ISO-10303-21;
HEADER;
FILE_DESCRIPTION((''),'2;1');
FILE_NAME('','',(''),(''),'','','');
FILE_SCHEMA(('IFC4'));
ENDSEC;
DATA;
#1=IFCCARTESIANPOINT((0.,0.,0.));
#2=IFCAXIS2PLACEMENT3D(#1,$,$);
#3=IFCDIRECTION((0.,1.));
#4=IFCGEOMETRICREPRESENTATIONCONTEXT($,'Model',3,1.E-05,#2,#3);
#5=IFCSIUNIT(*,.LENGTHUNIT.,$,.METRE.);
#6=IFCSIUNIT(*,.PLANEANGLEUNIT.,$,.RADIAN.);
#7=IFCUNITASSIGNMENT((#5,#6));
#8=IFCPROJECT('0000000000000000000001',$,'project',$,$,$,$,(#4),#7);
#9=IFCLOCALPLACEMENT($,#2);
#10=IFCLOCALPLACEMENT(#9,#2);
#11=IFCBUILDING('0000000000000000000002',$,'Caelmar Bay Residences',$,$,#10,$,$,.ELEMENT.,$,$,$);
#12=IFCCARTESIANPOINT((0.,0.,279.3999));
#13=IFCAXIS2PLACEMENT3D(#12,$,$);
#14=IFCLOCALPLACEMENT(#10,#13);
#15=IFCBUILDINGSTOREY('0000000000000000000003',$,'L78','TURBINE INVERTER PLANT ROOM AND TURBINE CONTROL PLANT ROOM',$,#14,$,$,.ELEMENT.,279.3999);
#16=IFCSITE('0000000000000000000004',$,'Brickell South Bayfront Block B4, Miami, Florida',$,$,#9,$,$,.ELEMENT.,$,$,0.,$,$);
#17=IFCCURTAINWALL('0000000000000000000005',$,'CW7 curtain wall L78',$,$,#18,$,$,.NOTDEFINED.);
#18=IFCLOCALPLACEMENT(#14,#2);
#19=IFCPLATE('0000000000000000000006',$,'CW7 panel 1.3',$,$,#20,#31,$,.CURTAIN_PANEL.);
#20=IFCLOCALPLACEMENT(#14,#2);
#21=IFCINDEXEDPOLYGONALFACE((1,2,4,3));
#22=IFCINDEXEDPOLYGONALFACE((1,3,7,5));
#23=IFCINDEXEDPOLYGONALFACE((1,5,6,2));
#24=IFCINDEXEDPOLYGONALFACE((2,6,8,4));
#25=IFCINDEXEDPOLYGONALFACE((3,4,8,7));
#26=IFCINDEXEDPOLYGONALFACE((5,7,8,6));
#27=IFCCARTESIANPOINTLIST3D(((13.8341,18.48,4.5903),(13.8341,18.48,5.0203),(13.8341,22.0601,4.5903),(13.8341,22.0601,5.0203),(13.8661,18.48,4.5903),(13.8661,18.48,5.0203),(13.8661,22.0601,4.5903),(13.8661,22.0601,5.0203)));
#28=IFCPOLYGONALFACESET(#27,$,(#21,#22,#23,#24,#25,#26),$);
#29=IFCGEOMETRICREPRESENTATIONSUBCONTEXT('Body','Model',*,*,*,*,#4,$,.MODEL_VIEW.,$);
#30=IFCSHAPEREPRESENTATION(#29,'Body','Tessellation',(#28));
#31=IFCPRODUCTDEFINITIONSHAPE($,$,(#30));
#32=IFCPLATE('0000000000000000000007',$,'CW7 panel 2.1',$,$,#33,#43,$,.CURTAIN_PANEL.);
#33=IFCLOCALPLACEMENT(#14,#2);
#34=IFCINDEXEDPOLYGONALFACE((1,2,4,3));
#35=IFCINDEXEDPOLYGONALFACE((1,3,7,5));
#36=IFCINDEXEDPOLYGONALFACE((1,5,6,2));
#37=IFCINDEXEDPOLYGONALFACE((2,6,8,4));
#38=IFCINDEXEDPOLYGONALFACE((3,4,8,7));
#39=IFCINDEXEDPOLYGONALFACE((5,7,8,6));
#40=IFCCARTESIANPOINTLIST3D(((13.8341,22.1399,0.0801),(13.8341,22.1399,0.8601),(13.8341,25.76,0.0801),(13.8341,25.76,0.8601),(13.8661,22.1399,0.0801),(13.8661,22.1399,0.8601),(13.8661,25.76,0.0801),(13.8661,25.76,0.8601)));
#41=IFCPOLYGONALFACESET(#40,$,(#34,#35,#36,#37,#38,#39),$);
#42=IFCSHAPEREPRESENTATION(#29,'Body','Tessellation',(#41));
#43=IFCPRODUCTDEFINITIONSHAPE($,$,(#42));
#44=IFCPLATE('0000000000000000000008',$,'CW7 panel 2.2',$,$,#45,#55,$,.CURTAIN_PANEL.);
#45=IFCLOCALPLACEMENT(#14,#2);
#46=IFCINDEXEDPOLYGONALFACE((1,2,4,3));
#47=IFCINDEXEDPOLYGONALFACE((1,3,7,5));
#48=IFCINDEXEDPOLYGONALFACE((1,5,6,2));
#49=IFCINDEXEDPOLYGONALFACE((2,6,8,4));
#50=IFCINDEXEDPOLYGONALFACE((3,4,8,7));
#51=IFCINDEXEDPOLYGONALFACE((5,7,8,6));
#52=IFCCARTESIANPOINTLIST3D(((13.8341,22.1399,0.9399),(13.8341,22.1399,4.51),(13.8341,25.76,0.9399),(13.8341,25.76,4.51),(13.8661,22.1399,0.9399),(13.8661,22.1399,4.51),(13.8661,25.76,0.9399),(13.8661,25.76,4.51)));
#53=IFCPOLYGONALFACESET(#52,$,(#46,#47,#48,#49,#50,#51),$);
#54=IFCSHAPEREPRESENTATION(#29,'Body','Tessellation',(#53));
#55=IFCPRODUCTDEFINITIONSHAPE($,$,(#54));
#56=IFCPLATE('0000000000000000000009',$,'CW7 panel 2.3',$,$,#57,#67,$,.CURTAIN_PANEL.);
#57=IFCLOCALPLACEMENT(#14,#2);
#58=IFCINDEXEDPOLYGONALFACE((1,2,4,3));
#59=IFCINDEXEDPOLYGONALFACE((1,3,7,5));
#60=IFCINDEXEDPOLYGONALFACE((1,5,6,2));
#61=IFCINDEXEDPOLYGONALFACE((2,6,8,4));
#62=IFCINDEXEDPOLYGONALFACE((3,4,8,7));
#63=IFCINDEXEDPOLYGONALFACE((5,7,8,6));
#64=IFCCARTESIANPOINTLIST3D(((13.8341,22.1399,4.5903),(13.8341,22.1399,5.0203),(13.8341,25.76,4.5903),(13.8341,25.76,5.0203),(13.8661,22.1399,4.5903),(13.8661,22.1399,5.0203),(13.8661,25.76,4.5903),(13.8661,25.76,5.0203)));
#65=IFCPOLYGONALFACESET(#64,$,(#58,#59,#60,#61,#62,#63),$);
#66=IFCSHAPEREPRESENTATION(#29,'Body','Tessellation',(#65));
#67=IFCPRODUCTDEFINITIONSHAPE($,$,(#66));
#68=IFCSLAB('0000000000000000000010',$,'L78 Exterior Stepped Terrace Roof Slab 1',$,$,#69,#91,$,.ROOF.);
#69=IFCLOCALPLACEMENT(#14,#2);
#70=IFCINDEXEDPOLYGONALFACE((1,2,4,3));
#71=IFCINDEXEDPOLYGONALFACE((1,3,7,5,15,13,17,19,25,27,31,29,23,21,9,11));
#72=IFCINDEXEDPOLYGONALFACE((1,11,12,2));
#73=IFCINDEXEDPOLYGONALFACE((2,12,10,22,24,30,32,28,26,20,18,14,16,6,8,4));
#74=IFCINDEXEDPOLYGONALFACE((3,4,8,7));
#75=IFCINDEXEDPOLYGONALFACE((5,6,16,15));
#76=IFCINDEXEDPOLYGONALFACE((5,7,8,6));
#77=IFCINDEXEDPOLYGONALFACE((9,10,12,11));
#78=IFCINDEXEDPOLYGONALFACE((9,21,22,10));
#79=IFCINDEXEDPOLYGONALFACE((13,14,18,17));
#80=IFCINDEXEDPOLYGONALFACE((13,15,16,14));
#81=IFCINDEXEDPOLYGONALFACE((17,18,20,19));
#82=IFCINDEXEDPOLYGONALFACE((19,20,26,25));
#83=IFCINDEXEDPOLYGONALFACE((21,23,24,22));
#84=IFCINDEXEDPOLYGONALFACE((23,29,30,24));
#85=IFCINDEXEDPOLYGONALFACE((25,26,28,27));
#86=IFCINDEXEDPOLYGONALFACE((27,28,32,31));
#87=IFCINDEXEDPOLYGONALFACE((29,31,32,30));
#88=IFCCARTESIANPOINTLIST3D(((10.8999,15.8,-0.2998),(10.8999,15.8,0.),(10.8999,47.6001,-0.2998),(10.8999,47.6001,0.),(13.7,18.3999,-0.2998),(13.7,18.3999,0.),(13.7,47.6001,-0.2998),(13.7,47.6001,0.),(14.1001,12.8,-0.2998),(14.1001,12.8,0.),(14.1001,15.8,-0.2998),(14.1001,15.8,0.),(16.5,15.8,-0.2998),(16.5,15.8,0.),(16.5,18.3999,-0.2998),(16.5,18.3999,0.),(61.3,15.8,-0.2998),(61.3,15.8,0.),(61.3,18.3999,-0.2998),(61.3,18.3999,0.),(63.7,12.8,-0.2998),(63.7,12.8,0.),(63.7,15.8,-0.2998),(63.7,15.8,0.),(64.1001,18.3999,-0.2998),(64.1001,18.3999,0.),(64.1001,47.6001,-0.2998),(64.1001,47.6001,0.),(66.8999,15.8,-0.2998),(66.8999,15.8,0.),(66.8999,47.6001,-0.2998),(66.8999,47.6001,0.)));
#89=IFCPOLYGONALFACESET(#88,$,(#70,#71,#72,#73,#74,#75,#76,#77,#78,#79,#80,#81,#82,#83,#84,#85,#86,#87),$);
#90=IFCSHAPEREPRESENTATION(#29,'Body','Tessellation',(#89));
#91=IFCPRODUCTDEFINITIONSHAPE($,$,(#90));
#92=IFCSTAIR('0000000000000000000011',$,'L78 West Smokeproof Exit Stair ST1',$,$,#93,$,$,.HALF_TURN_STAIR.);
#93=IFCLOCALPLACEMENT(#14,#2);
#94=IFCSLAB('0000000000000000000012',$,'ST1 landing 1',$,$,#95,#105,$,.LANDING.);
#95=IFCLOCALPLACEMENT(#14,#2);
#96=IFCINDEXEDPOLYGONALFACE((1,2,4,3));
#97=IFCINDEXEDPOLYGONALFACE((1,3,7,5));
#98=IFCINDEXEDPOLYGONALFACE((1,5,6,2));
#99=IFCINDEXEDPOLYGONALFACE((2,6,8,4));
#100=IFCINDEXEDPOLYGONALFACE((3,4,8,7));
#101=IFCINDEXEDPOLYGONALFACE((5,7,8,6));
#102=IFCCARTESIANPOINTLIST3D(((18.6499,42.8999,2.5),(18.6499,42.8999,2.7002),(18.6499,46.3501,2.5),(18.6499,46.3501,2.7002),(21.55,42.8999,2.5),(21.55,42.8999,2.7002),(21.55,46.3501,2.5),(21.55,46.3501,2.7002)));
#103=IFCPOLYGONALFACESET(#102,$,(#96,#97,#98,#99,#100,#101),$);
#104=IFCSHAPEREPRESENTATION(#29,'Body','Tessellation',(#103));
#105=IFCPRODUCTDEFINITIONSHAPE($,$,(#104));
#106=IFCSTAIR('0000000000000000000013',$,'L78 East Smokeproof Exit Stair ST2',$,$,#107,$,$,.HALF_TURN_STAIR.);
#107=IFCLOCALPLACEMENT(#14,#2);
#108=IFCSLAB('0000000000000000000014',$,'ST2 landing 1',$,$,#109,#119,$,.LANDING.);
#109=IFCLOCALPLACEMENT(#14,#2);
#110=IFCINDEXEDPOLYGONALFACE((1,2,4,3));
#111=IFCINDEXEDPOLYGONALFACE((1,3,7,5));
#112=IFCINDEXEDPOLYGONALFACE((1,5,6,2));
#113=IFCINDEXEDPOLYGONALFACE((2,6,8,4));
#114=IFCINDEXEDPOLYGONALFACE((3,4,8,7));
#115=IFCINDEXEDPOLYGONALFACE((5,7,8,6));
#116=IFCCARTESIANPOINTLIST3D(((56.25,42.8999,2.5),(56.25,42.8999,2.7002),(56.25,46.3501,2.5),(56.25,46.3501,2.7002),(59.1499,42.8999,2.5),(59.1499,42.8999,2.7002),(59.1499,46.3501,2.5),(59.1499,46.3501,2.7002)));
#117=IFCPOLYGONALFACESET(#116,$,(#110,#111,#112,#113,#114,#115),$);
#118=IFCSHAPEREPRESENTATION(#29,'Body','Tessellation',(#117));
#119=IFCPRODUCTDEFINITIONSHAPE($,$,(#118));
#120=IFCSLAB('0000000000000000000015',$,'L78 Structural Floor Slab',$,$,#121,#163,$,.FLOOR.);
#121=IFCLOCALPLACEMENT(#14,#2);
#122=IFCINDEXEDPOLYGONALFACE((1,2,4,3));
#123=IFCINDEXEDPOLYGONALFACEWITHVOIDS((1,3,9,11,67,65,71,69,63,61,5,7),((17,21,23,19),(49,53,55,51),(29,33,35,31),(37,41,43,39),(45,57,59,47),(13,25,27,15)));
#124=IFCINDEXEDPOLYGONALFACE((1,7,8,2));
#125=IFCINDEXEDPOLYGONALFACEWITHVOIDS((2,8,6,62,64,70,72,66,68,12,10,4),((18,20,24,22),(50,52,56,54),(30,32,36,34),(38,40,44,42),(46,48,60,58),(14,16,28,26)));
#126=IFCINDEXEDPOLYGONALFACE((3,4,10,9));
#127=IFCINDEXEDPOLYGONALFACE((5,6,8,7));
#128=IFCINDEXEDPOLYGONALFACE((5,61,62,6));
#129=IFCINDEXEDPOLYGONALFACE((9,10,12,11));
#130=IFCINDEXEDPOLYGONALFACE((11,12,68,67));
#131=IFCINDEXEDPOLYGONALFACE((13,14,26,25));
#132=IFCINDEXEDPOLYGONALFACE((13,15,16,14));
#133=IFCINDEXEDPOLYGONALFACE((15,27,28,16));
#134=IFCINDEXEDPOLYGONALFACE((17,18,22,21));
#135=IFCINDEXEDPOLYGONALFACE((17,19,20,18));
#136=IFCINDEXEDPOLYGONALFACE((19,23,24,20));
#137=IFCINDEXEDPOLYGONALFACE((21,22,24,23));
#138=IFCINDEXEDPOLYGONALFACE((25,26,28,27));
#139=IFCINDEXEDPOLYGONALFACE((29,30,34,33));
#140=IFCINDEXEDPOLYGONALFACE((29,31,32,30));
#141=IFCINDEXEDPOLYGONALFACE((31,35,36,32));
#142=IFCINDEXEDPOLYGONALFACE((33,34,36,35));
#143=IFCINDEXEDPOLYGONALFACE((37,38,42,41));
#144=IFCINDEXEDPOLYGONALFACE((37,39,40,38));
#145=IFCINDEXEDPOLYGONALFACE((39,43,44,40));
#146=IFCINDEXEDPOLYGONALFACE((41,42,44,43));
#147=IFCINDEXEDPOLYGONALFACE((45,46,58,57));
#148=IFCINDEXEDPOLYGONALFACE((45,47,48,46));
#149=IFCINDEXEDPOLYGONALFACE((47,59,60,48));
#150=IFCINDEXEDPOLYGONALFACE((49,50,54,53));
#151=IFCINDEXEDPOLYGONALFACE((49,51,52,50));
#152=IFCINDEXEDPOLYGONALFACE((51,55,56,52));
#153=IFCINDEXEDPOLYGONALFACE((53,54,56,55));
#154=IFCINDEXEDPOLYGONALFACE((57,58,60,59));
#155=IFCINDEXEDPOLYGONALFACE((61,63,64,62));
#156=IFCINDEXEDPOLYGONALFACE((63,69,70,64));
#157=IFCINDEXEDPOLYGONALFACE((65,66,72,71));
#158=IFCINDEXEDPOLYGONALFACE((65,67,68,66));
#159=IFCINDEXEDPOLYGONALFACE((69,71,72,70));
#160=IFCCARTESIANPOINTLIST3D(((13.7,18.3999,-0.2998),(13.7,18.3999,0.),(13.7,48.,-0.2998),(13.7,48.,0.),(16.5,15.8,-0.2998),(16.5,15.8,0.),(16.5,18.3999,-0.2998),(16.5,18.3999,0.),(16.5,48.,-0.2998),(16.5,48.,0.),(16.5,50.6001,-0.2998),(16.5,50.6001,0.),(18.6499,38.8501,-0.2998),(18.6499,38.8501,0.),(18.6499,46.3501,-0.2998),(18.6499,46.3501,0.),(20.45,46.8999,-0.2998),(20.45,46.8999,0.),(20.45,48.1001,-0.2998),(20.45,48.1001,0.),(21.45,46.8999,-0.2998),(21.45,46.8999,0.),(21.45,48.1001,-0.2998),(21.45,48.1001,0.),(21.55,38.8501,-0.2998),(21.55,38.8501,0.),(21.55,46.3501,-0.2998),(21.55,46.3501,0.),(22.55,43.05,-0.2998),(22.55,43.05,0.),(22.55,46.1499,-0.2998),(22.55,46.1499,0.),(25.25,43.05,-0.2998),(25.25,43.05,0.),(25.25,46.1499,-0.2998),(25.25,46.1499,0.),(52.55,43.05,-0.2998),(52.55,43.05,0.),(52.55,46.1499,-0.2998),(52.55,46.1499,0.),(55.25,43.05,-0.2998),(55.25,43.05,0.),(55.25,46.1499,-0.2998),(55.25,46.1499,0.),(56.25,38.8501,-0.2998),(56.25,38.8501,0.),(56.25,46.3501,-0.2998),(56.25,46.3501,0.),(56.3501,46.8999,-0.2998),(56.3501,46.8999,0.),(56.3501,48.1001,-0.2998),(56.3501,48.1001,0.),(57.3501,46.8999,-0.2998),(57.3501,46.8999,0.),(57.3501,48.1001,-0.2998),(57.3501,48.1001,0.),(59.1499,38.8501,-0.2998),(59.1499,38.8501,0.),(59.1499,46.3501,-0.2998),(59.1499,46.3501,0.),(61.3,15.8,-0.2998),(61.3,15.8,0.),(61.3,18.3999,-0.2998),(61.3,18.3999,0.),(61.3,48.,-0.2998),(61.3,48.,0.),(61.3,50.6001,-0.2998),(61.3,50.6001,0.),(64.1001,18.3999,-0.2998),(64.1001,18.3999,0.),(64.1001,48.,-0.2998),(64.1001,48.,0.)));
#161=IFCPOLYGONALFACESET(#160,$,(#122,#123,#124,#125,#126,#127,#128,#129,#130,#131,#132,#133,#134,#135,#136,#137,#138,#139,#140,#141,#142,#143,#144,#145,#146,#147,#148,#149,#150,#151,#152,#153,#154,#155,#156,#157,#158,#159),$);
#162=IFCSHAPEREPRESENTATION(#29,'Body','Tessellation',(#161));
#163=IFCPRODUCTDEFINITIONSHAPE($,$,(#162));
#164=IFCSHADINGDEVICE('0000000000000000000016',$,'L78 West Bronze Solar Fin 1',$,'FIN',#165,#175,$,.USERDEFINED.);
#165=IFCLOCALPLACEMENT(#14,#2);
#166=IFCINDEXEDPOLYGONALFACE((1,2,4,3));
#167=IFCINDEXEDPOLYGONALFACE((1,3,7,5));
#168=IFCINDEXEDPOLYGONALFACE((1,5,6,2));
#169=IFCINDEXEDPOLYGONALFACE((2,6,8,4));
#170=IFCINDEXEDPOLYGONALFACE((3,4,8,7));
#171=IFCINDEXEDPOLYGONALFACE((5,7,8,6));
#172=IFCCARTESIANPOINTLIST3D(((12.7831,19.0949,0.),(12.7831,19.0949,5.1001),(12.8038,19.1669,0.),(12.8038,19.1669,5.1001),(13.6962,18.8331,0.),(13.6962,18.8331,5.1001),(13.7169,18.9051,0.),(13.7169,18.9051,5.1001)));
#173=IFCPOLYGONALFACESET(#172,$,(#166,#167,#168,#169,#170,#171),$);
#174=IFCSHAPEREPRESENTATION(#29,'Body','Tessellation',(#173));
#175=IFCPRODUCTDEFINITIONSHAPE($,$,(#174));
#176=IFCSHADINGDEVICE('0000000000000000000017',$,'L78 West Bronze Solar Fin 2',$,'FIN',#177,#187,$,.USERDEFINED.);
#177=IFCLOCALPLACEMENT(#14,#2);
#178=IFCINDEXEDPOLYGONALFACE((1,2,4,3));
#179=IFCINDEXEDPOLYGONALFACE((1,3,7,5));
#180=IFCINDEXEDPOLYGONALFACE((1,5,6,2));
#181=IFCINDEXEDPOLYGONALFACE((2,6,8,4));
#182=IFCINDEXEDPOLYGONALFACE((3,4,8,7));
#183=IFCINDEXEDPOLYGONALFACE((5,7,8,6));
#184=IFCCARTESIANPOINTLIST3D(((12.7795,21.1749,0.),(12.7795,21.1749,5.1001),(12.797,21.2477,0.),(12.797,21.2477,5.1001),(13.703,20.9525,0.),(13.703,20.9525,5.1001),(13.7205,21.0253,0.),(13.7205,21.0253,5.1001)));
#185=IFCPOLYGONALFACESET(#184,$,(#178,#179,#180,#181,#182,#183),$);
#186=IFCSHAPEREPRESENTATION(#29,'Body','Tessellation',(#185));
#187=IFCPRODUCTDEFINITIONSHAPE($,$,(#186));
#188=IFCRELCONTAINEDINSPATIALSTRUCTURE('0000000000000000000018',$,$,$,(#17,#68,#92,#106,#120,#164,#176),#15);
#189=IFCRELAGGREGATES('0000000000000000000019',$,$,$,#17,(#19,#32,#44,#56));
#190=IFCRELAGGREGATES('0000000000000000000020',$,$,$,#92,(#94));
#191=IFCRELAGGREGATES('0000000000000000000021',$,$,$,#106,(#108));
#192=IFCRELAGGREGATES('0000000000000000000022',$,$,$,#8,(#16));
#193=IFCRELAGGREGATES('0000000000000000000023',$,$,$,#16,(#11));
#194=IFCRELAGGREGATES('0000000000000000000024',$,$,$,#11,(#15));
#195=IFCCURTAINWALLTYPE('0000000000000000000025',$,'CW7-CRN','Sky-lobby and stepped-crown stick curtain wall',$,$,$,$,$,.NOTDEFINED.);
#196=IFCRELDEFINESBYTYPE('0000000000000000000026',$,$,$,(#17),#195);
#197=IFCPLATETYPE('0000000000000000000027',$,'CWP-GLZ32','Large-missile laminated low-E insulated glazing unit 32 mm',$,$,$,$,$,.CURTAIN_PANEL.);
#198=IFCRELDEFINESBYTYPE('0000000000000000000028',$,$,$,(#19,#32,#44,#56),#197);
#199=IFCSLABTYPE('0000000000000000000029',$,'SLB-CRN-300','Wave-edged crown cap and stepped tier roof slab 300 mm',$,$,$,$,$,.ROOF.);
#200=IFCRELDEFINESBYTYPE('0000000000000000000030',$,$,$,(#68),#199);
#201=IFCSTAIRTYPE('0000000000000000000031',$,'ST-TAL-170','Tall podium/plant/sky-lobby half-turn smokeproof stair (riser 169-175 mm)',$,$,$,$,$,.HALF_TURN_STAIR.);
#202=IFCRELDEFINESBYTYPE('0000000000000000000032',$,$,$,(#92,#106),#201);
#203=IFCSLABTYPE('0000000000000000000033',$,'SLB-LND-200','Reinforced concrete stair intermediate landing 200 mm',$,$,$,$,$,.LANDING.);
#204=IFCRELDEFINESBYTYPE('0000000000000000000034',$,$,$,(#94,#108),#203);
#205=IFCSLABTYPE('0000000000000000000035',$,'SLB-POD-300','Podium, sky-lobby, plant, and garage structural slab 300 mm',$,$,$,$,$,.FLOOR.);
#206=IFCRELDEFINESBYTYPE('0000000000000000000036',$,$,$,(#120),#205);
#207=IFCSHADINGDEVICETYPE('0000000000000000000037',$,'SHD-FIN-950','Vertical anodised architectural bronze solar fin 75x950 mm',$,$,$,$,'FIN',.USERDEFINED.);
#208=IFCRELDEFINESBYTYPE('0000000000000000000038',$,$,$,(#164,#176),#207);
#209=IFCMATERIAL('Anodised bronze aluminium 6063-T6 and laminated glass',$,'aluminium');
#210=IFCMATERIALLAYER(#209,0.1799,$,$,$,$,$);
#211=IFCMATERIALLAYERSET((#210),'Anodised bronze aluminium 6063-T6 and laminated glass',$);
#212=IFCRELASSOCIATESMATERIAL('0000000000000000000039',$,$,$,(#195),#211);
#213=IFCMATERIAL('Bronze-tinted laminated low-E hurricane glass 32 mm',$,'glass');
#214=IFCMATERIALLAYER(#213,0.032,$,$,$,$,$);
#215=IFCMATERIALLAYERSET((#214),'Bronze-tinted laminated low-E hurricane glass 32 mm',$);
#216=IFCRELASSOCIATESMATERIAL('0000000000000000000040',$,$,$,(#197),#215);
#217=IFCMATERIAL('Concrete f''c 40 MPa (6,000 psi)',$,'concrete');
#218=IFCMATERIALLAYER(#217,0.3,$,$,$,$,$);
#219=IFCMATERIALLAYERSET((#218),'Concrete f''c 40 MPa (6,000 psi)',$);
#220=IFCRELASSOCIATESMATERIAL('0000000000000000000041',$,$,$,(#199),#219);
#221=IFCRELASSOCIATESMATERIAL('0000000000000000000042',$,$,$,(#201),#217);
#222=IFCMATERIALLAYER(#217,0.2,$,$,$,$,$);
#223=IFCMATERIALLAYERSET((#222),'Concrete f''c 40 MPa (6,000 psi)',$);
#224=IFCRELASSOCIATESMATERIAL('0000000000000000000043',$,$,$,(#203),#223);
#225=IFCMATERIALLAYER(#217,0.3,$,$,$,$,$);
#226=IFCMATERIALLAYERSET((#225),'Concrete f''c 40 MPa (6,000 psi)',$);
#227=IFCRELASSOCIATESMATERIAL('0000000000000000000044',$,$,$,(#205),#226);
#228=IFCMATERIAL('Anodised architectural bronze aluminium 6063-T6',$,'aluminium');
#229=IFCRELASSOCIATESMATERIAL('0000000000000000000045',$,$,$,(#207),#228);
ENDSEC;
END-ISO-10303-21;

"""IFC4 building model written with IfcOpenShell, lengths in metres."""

from ifc_helpers import new_model, si_unit, direction, frame, origin, origin_2d, place, context, subcontext, project, spatial, polyline, rectangle, outline, extrude, material, layer, layer_set, material_profile, profile_set, type_object, element, aggregate, save


model = new_model("IFC4")

# Units and contexts
model_context = context("Model", 3, precision=1e-05, world=origin(), true_north=direction((0.0, 1.0)))
body_context = subcontext(model_context, "Body", "Model", "MODEL_VIEW")
ifc_project = project(units=[si_unit("LENGTHUNIT", "METRE"), si_unit("PLANEANGLEUNIT", "RADIAN")], contexts=[model_context])

# Site, building, storey
site_placement = place(None, origin())
site = spatial("IfcSite", under=ifc_project, at=site_placement, Name="Brickell South Bayfront Block B4, Miami, Florida", CompositionType="ELEMENT", RefElevation=0.0)
building_placement = place(site_placement, origin())
building = spatial("IfcBuilding", under=site, at=building_placement, Name="Caelmar Bay Residences", CompositionType="ELEMENT")
storey_placement = place(building_placement, frame((0.0, 0.0, 279.3999)))
storey = spatial("IfcBuildingStorey", under=building, at=storey_placement, Name="L78", Description="TURBINE INVERTER PLANT ROOM AND TURBINE CONTROL PLANT ROOM", CompositionType="ELEMENT", Elevation=279.3999)

# Curtain wall, plates
ifc_material_1 = material(Name="Anodised bronze aluminium 6063-T6 and laminated glass", Category="aluminium")
ifc_layer_1 = layer(ifc_material_1, 0.1799)
ifc_layer_set_1 = layer_set([ifc_layer_1], Name="Anodised bronze aluminium 6063-T6 and laminated glass")
curtain_wall_type = type_object("IfcCurtainWallType", Name="CW7-CRN", Description="Sky-lobby and stepped-crown stick curtain wall", PredefinedType="NOTDEFINED", material=ifc_layer_set_1)
curtain_wall_placement = place(storey_placement, origin())
curtain_wall = element("IfcCurtainWall", 1, at=curtain_wall_placement, inside=storey, type_object=curtain_wall_type, Name="CW7 curtain wall L78", PredefinedType="NOTDEFINED")
ifc_material_2 = material(Name="Bronze-tinted laminated low-E hurricane glass 32 mm", Category="glass")
ifc_layer_2 = layer(ifc_material_2, 0.032)
ifc_layer_set_2 = layer_set([ifc_layer_2], Name="Bronze-tinted laminated low-E hurricane glass 32 mm")
plate_type = type_object("IfcPlateType", Name="CWP-GLZ32", Description="Large-missile laminated low-E insulated glazing unit 32 mm", PredefinedType="CURTAIN_PANEL", material=ifc_layer_set_2)
plate_1_placement = place(storey_placement, frame((13.8501, 20.27, 4.5903), z_axis=(0.0, 0.0, 1.0), x_axis=(0.0, 1.0, 0.0)))
plate_1 = element("IfcPlate", 2, at=plate_1_placement, type_object=plate_type, Name="CW7 panel 1.3", PredefinedType="CURTAIN_PANEL", context=body_context, shape_type="SweptSolid", body=[
    extrude(rectangle(XDim=3.5801, YDim=0.032, at=origin_2d()), origin(), (0.0, 0.0, 1.0), 0.4299),
])
plate_2_placement = place(storey_placement, frame((13.8501, 23.95, 0.0801), z_axis=(0.0, 0.0, 1.0), x_axis=(0.0, 1.0, 0.0)))
plate_2 = element("IfcPlate", 3, at=plate_2_placement, type_object=plate_type, Name="CW7 panel 2.1", PredefinedType="CURTAIN_PANEL", context=body_context, shape_type="SweptSolid", body=[
    extrude(rectangle(XDim=3.6201, YDim=0.032, at=origin_2d()), origin(), (0.0, 0.0, 1.0), 0.78),
])
plate_3_placement = place(storey_placement, frame((13.8501, 23.95, 0.9399), z_axis=(0.0, 0.0, 1.0), x_axis=(0.0, 1.0, 0.0)))
plate_3 = element("IfcPlate", 4, at=plate_3_placement, type_object=plate_type, Name="CW7 panel 2.2", PredefinedType="CURTAIN_PANEL", context=body_context, shape_type="SweptSolid", body=[
    extrude(rectangle(XDim=3.6201, YDim=0.032, at=origin_2d()), origin(), (0.0, 0.0, 1.0), 3.5701),
])
plate_4_placement = place(storey_placement, frame((13.8501, 23.95, 4.5903), z_axis=(0.0, 0.0, 1.0), x_axis=(0.0, 1.0, 0.0)))
plate_4 = element("IfcPlate", 5, at=plate_4_placement, type_object=plate_type, Name="CW7 panel 2.3", PredefinedType="CURTAIN_PANEL", context=body_context, shape_type="SweptSolid", body=[
    extrude(rectangle(XDim=3.6201, YDim=0.032, at=origin_2d()), origin(), (0.0, 0.0, 1.0), 0.4299),
])
aggregate(curtain_wall, [plate_1, plate_2, plate_3, plate_4])

# Slab
ifc_material_3 = material(Name="Concrete f'c 40 MPa (6,000 psi)", Category="concrete")
ifc_layer_3 = layer(ifc_material_3, 0.3)
ifc_layer_set_3 = layer_set([ifc_layer_3], Name="Concrete f'c 40 MPa (6,000 psi)")
slab_type_1 = type_object("IfcSlabType", Name="SLB-CRN-300", Description="Wave-edged crown cap and stepped tier roof slab 300 mm", PredefinedType="ROOF", material=ifc_layer_set_3)
slab_1_placement = place(storey_placement, frame((0.0, 0.0, -0.2998)))
element("IfcSlab", 6, at=slab_1_placement, inside=storey, type_object=slab_type_1, Name="L78 Exterior Stepped Terrace Roof Slab 1", PredefinedType="ROOF", context=body_context, shape_type="SweptSolid", body=[
    extrude(outline(polyline([(64.1001, 47.6001), (64.1001, 18.3999), (61.3, 18.3999), (61.3, 15.8), (16.5, 15.8), (16.5, 18.3999), (13.7, 18.3999), (13.7, 47.6001), (10.8999, 47.6001), (10.8999, 15.8), (14.1001, 15.8), (14.1001, 12.8), (63.7, 12.8), (63.7, 15.8), (66.8999, 15.8), (66.8999, 47.6001), (64.1001, 47.6001)])), origin(), (0.0, 0.0, 1.0), 0.2998),
])

# Stairs, slabs
stair_type = type_object("IfcStairType", Name="ST-TAL-170", Description="Tall podium/plant/sky-lobby half-turn smokeproof stair (riser 169-175 mm)", PredefinedType="HALF_TURN_STAIR", material=ifc_material_3)
stair_1_placement = place(storey_placement, origin())
stair_1 = element("IfcStair", 7, at=stair_1_placement, inside=storey, type_object=stair_type, Name="L78 West Smokeproof Exit Stair ST1", PredefinedType="HALF_TURN_STAIR")
ifc_layer_4 = layer(ifc_material_3, 0.2)
ifc_layer_set_4 = layer_set([ifc_layer_4], Name="Concrete f'c 40 MPa (6,000 psi)")
slab_type_2 = type_object("IfcSlabType", Name="SLB-LND-200", Description="Reinforced concrete stair intermediate landing 200 mm", PredefinedType="LANDING", material=ifc_layer_set_4)
slab_2_placement = place(storey_placement, frame((0.0, 0.0, 2.5)))
slab_2 = element("IfcSlab", 8, at=slab_2_placement, type_object=slab_type_2, Name="ST1 landing 1", PredefinedType="LANDING", context=body_context, shape_type="SweptSolid", body=[
    extrude(outline(polyline([(21.55, 42.8999), (21.55, 46.3501), (18.6499, 46.3501), (18.6499, 42.8999), (21.55, 42.8999)])), origin(), (0.0, 0.0, 1.0), 0.2002),
])
aggregate(stair_1, [slab_2])
stair_2_placement = place(storey_placement, origin())
stair_2 = element("IfcStair", 9, at=stair_2_placement, inside=storey, type_object=stair_type, Name="L78 East Smokeproof Exit Stair ST2", PredefinedType="HALF_TURN_STAIR")
slab_3_placement = place(storey_placement, frame((0.0, 0.0, 2.5)))
slab_3 = element("IfcSlab", 10, at=slab_3_placement, type_object=slab_type_2, Name="ST2 landing 1", PredefinedType="LANDING", context=body_context, shape_type="SweptSolid", body=[
    extrude(outline(polyline([(59.1499, 42.8999), (59.1499, 46.3501), (56.25, 46.3501), (56.25, 42.8999), (59.1499, 42.8999)])), origin(), (0.0, 0.0, 1.0), 0.2002),
])
aggregate(stair_2, [slab_3])

# Slab
ifc_layer_5 = layer(ifc_material_3, 0.3)
ifc_layer_set_5 = layer_set([ifc_layer_5], Name="Concrete f'c 40 MPa (6,000 psi)")
slab_type_3 = type_object("IfcSlabType", Name="SLB-POD-300", Description="Podium, sky-lobby, plant, and garage structural slab 300 mm", PredefinedType="FLOOR", material=ifc_layer_set_5)
slab_4_placement = place(storey_placement, frame((0.0, 0.0, -0.2998)))
element("IfcSlab", 11, at=slab_4_placement, inside=storey, type_object=slab_type_3, Name="L78 Structural Floor Slab", PredefinedType="FLOOR", context=body_context, shape_type="SweptSolid", body=[
    extrude(outline(polyline([(16.5, 15.8), (61.3, 15.8), (61.3, 18.3999), (64.1001, 18.3999), (64.1001, 48.0), (61.3, 48.0), (61.3, 50.6001), (16.5, 50.6001), (16.5, 48.0), (13.7, 48.0), (13.7, 18.3999), (16.5, 18.3999), (16.5, 15.8)]), holes=[polyline([(18.6499, 38.8501), (21.55, 38.8501), (21.55, 46.3501), (18.6499, 46.3501), (18.6499, 38.8501)]), polyline([(56.25, 38.8501), (59.1499, 38.8501), (59.1499, 46.3501), (56.25, 46.3501), (56.25, 38.8501)]), polyline([(22.55, 43.05), (25.25, 43.05), (25.25, 46.1499), (22.55, 46.1499), (22.55, 43.05)]), polyline([(52.55, 43.05), (55.25, 43.05), (55.25, 46.1499), (52.55, 46.1499), (52.55, 43.05)]), polyline([(20.45, 46.8999), (21.45, 46.8999), (21.45, 48.1001), (20.45, 48.1001), (20.45, 46.8999)]), polyline([(56.3501, 46.8999), (57.3501, 46.8999), (57.3501, 48.1001), (56.3501, 48.1001), (56.3501, 46.8999)])]), origin(), (0.0, 0.0, 1.0), 0.2998),
])

# Shading devices
ifc_material_4 = material(Name="Anodised architectural bronze aluminium 6063-T6", Category="aluminium")
ifc_material_profile_1 = material_profile(ifc_material_4, rectangle(XDim=0.075, YDim=0.95, at=origin_2d()), Name="BRONZE-FIN-75X950")
ifc_profile_set_1 = profile_set([ifc_material_profile_1], Name="Anodised architectural bronze aluminium 6063-T6")
shading_device_type = type_object("IfcShadingDeviceType", Name="SHD-FIN-950", Description="Vertical anodised architectural bronze solar fin 75x950 mm", ElementType="FIN", PredefinedType="USERDEFINED", material=ifc_profile_set_1)
for number, where, z_axis, x_axis, name in (
    (12, (13.25, 19.0, 0.0), (0.0, 0.0, 1.0), (0.275637, 0.961262, 0.0), "L78 West Bronze Solar Fin 1"),
    (13, (13.25, 21.1001, 0.0), (0.0, 0.0, 1.0), (0.234124, 0.972207, 0.0), "L78 West Bronze Solar Fin 2"),
):
    element("IfcShadingDevice", number, at=place(storey_placement, frame(where, z_axis=z_axis, x_axis=x_axis)), inside=storey, type_object=shading_device_type, Name=name, ObjectType="FIN", PredefinedType="USERDEFINED", context=body_context, shape_type="SweptSolid", body=[
        extrude(rectangle(XDim=0.075, YDim=0.95, at=origin_2d()), origin(), (0.0, 0.0, 1.0), 5.1001),
    ])

save(model, "model.ifc")
